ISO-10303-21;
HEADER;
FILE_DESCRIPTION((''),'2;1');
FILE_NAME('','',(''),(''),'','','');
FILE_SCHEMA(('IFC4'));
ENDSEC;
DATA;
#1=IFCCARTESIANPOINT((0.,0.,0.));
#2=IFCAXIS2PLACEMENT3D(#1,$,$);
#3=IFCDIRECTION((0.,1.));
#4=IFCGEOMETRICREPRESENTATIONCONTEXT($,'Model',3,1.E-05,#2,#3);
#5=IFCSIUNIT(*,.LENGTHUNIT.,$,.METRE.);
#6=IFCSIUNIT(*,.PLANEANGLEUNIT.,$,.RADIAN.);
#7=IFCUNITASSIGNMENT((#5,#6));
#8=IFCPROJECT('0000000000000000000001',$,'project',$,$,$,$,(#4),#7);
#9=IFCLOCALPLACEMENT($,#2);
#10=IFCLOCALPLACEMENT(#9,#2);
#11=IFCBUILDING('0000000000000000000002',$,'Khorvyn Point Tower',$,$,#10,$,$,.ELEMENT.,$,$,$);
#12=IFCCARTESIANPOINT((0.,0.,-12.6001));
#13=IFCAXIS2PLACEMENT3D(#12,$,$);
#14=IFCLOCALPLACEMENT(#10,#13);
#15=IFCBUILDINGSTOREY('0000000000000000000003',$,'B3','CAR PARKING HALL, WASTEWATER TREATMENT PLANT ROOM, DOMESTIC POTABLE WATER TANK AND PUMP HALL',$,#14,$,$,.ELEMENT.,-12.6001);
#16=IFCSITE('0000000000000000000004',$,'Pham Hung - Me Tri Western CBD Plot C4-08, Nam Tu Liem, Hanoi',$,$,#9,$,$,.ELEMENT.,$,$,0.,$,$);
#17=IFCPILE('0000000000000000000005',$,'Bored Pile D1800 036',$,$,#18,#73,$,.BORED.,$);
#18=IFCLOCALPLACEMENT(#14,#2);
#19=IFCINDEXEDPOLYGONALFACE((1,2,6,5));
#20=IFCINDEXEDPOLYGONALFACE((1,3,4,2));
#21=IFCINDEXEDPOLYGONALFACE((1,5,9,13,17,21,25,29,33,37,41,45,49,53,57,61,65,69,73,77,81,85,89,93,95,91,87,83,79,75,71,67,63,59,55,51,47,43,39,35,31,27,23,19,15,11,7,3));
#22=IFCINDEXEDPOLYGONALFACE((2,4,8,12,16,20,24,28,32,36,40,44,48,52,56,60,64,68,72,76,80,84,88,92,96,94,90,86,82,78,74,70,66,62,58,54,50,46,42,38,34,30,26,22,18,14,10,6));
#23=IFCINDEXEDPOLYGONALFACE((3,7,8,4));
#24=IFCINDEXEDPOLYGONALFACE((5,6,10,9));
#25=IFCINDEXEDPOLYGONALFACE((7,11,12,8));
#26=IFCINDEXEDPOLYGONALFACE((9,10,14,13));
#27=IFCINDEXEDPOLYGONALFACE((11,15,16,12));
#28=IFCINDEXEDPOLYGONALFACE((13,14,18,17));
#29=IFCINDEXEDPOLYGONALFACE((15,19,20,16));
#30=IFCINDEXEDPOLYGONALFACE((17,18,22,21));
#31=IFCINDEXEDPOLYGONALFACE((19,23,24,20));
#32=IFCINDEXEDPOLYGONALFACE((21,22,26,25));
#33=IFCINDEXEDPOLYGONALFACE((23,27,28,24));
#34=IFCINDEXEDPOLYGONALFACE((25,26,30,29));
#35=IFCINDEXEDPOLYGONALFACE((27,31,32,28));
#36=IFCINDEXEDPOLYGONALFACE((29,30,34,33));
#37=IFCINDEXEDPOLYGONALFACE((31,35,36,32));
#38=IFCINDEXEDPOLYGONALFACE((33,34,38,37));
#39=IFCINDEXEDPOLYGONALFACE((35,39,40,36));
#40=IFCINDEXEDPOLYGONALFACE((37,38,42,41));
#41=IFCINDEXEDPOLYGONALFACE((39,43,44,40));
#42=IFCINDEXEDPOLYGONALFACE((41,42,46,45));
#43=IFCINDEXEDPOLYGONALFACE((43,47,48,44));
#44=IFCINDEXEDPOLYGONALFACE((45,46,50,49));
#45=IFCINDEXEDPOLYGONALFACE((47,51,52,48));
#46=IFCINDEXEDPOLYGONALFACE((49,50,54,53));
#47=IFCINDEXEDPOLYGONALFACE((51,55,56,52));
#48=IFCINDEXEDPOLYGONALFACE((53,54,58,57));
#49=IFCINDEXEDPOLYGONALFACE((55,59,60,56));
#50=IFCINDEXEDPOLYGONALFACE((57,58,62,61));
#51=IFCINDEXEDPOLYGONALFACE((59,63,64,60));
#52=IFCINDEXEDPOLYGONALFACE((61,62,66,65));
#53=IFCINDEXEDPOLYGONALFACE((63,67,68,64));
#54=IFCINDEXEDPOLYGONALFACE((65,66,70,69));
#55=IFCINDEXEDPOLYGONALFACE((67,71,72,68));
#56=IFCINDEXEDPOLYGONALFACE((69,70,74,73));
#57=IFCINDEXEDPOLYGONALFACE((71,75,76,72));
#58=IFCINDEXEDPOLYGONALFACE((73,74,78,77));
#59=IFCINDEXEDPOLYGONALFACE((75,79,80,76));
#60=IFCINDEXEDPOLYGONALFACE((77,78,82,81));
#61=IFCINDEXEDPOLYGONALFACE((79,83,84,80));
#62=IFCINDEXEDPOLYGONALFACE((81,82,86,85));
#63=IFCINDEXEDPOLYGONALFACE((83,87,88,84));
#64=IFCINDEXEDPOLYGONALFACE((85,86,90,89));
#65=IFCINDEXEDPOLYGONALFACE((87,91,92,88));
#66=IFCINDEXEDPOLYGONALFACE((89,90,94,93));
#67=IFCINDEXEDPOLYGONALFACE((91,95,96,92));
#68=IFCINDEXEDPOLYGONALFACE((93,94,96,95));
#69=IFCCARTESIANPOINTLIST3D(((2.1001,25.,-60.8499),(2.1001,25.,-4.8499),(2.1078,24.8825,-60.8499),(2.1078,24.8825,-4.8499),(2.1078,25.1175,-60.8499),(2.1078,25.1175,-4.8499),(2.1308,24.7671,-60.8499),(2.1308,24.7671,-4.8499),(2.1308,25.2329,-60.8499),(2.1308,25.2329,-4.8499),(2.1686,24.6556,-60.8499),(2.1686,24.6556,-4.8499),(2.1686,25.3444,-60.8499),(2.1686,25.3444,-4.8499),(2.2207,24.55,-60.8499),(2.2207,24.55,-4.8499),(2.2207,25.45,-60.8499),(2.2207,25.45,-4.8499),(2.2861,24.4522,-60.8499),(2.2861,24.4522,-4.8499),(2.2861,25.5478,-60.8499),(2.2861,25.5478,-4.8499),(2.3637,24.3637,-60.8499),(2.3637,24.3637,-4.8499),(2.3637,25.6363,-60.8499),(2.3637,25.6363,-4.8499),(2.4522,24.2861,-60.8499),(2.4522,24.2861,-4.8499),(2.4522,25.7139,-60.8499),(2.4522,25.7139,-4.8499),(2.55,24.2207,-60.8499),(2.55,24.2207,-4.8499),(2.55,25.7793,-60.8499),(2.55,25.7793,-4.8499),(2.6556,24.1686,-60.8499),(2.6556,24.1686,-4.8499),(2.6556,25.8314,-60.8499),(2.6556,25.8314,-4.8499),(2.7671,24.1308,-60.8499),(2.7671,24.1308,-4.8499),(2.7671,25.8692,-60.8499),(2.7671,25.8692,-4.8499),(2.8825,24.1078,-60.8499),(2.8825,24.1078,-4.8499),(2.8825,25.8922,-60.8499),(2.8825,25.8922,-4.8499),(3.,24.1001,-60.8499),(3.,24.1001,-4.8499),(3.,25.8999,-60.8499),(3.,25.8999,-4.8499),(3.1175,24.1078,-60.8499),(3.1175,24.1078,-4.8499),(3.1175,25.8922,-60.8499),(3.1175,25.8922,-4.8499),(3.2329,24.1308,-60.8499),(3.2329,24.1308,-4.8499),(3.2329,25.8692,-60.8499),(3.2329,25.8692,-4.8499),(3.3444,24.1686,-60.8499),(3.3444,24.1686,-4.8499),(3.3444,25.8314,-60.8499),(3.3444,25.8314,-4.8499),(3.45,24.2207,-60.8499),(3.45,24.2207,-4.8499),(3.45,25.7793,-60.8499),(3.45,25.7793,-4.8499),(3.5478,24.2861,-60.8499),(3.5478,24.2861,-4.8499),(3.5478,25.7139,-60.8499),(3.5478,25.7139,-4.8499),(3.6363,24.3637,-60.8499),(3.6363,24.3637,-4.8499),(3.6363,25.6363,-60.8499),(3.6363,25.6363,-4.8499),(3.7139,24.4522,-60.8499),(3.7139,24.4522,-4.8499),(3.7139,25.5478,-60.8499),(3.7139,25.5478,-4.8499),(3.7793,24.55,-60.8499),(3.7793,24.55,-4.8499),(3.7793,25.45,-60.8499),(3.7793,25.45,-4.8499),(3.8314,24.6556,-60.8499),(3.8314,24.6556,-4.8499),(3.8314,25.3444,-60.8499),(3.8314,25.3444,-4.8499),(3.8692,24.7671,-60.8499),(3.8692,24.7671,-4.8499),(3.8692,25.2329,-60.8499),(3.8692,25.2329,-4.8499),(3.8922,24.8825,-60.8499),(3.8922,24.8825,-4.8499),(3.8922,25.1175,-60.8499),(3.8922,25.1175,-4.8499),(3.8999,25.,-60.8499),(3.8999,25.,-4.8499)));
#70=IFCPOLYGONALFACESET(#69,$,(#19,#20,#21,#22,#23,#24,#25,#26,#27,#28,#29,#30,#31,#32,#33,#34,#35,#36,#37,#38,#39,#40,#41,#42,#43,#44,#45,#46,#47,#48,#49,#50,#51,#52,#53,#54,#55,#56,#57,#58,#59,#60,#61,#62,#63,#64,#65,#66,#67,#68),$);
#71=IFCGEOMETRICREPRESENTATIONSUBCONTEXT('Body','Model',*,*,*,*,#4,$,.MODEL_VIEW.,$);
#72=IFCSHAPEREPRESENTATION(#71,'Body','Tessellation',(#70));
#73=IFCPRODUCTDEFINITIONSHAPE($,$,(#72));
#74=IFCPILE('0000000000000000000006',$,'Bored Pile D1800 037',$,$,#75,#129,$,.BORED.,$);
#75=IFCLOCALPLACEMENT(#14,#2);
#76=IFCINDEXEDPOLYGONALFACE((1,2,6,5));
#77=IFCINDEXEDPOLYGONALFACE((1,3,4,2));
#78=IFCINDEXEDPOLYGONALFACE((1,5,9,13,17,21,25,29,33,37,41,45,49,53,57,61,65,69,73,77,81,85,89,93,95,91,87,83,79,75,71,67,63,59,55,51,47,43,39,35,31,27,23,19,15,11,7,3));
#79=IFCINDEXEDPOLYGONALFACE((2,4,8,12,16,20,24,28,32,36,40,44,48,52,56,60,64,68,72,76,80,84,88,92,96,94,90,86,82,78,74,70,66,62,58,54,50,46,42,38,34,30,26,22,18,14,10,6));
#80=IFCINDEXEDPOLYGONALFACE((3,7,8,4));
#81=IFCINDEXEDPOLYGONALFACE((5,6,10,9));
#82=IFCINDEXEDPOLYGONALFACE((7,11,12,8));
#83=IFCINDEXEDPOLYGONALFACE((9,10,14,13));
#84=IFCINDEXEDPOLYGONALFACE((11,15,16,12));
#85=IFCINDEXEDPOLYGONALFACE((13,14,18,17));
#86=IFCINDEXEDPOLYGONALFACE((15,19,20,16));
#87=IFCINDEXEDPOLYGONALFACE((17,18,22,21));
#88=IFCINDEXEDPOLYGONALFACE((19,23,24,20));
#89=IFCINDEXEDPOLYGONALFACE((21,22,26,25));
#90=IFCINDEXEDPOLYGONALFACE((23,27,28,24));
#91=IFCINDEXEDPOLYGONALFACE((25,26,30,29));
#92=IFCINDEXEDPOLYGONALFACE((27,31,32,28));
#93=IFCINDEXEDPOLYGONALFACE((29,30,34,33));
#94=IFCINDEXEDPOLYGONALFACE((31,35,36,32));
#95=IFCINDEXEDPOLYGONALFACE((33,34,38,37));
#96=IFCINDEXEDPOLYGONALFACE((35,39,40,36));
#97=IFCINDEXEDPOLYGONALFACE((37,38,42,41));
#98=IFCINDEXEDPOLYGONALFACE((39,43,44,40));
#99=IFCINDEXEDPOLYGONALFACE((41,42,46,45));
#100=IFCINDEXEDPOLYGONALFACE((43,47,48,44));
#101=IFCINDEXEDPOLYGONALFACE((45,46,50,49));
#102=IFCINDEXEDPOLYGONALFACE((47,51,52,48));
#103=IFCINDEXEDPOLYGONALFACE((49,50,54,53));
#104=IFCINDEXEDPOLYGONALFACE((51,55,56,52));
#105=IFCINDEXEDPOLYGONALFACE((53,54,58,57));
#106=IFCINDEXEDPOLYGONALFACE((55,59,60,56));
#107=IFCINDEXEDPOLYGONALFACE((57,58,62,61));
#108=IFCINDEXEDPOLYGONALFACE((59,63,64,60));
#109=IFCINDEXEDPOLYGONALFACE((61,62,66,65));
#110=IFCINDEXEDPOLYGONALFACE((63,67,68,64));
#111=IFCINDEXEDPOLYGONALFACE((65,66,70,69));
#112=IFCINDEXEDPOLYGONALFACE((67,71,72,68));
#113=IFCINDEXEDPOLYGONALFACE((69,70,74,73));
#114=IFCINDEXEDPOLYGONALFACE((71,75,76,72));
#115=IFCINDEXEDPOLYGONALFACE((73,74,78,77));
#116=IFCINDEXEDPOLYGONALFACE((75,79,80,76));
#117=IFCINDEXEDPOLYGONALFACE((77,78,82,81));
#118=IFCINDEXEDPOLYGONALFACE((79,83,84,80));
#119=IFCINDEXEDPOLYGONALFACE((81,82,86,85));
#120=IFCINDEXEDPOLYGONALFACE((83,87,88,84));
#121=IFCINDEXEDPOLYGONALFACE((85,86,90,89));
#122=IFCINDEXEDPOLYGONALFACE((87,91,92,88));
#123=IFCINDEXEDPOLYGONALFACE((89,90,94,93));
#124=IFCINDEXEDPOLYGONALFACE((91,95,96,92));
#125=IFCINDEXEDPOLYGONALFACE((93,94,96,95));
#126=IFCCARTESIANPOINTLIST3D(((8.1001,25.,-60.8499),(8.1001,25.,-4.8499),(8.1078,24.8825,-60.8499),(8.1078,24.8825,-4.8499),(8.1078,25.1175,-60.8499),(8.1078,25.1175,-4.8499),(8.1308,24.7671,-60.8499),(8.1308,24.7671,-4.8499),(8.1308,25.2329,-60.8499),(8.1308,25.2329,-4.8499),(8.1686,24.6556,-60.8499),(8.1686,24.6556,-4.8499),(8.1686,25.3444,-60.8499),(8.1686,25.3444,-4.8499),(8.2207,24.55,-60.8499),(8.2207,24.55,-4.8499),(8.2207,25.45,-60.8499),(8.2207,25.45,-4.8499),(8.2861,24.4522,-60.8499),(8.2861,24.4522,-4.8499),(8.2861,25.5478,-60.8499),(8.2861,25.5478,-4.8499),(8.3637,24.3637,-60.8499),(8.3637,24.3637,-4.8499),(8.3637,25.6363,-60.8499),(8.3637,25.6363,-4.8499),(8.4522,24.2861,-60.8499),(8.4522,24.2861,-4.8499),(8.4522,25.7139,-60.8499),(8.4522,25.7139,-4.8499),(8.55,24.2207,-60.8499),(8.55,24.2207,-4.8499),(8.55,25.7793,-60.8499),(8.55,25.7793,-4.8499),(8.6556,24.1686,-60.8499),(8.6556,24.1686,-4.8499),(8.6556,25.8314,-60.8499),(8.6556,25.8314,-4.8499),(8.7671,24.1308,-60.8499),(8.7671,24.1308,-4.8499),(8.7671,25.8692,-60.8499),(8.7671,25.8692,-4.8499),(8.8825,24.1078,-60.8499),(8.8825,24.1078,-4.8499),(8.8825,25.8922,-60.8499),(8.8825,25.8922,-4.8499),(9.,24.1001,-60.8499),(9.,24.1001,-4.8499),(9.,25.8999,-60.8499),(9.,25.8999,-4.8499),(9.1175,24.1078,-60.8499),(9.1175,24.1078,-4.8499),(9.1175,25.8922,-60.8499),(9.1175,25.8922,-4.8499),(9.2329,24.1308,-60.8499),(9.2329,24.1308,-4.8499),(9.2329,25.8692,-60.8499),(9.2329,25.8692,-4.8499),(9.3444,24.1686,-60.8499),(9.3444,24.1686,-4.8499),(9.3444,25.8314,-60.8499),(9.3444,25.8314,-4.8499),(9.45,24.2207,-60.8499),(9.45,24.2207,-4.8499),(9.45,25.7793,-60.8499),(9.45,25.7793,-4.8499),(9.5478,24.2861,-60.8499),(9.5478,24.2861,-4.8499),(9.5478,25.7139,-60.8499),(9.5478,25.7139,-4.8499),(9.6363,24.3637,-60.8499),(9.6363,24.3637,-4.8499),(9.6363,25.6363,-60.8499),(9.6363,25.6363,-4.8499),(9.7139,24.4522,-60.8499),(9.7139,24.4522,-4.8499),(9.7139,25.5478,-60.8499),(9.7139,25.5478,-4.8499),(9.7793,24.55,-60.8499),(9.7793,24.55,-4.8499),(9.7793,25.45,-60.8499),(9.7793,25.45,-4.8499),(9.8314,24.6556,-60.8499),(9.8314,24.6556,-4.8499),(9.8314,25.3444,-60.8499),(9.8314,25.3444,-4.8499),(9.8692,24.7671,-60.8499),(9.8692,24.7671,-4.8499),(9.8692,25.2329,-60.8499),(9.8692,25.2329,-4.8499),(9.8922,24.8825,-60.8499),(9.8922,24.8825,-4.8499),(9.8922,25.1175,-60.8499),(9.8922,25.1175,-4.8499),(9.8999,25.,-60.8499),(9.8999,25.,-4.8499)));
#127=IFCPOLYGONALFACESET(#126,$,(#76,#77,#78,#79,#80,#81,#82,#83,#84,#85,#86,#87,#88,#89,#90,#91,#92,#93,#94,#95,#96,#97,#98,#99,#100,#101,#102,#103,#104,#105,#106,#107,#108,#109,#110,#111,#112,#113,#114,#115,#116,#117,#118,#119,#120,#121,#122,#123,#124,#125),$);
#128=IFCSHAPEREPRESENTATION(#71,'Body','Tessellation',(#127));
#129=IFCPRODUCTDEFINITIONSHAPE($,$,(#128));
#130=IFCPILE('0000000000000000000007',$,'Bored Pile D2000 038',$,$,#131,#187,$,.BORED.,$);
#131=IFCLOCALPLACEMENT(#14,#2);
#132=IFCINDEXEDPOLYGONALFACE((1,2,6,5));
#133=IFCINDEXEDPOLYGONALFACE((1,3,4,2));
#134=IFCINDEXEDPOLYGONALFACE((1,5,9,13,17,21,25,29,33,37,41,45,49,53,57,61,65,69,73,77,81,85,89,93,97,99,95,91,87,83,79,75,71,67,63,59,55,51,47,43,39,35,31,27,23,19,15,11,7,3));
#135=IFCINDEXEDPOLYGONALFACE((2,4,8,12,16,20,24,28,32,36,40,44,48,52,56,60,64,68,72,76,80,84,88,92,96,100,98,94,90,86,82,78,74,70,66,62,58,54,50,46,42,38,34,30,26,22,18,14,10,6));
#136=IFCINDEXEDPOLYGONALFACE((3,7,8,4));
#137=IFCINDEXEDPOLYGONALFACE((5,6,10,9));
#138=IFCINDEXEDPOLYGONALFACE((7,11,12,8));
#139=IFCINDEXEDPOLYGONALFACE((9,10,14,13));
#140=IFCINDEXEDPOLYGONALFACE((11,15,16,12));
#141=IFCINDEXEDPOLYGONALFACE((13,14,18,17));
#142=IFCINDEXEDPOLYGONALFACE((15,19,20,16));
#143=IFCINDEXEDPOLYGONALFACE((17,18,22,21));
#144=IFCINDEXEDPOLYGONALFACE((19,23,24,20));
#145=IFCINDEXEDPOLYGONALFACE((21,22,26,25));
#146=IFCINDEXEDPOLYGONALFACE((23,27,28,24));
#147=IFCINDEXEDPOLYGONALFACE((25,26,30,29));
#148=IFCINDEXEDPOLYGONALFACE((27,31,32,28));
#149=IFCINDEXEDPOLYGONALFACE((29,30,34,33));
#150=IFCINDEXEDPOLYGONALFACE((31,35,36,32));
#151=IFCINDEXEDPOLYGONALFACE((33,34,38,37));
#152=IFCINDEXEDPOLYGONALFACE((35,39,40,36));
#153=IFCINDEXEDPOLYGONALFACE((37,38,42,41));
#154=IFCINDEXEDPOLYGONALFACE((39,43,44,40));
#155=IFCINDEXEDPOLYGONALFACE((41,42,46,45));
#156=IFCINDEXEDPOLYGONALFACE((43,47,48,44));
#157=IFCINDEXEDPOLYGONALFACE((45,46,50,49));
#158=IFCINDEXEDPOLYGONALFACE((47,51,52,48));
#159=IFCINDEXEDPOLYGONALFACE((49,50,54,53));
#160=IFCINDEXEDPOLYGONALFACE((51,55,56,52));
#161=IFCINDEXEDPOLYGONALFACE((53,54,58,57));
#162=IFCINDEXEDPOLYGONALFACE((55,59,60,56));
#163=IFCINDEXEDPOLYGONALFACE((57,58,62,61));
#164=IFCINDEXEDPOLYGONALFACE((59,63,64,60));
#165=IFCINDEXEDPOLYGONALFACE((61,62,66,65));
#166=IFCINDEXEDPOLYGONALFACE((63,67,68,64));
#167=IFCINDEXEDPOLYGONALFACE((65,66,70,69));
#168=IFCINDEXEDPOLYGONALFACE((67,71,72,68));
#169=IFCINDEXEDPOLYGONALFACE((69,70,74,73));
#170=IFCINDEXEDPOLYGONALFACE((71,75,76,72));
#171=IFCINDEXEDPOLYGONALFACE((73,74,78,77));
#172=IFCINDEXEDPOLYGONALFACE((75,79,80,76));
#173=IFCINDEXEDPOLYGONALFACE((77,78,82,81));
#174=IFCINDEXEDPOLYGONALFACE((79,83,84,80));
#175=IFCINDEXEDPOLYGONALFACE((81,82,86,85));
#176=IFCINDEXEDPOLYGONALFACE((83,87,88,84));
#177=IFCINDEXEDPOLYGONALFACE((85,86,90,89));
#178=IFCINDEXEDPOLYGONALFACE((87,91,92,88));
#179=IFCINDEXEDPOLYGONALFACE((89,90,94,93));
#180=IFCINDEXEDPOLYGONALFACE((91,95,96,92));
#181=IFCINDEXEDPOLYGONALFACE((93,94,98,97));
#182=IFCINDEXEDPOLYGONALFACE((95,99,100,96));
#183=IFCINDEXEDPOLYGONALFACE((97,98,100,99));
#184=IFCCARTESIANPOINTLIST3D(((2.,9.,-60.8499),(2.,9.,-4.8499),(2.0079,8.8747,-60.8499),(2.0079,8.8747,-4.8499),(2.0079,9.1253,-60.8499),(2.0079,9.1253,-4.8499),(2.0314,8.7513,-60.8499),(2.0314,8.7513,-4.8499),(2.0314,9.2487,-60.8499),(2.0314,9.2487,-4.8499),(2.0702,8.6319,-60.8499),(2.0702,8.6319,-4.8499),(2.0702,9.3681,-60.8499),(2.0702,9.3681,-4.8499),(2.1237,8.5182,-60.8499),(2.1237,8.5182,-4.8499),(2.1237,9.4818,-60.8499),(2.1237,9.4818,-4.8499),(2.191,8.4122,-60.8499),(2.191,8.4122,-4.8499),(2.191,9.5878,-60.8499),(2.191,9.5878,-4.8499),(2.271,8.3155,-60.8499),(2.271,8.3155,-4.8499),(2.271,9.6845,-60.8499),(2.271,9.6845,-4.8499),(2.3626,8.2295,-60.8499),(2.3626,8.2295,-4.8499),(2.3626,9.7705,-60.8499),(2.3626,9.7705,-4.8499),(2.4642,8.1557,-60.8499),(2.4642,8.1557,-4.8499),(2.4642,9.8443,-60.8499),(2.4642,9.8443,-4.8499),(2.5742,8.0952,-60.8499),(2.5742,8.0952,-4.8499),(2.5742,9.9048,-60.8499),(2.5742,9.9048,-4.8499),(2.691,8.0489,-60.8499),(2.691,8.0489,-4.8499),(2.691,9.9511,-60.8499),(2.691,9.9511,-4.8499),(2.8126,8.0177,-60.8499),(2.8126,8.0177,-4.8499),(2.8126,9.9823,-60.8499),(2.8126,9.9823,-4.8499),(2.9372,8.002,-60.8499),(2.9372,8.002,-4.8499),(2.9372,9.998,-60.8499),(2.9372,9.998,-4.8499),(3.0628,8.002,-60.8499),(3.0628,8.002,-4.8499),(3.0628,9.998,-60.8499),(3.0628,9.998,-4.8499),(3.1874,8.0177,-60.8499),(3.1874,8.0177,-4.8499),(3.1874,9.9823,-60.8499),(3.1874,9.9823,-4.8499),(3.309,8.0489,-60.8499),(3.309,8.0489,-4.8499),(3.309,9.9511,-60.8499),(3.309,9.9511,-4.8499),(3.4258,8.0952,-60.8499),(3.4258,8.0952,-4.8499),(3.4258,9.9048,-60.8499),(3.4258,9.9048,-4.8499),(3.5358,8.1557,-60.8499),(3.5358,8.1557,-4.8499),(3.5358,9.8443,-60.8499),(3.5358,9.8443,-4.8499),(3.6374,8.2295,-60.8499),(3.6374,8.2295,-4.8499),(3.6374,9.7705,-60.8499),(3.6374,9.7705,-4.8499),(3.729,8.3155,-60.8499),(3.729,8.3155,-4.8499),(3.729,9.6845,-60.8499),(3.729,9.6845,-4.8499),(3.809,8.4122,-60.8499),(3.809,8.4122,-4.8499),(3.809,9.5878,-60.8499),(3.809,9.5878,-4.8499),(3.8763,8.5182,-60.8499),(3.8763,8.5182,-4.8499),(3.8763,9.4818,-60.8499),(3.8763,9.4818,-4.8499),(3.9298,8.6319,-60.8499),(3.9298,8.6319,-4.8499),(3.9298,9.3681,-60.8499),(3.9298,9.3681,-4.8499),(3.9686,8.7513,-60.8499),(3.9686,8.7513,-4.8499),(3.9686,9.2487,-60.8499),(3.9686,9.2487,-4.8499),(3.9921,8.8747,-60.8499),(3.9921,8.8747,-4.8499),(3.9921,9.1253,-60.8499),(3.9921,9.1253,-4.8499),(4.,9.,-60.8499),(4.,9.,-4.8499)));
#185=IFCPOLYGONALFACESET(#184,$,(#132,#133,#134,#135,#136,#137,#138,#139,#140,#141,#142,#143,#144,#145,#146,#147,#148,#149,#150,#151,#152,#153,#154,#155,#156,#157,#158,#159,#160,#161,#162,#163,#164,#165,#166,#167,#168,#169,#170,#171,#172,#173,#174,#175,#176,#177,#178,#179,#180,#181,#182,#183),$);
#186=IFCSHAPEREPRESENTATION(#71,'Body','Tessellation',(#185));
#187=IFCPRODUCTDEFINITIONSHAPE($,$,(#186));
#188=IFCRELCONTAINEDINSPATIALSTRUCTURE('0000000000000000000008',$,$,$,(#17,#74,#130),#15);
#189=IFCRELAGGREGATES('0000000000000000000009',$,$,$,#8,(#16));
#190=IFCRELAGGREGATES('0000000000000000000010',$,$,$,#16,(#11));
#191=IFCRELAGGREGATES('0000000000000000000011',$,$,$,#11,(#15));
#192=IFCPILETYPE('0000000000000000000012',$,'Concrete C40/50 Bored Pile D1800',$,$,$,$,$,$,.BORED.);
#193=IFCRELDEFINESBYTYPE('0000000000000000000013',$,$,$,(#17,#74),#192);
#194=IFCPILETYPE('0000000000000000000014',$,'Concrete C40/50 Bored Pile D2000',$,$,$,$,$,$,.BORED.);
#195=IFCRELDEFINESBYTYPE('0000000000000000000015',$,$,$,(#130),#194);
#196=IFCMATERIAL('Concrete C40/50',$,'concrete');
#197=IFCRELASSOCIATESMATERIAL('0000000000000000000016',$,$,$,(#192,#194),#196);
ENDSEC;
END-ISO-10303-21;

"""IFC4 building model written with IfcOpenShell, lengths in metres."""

from ifc_helpers import new_model, si_unit, direction, frame, origin, origin_2d, place, context, subcontext, project, spatial, circle, extrude, material, material_profile, profile_set, type_object, element, save


model = new_model("IFC4")

# Units and contexts
model_context = context("Model", 3, precision=1e-05, world=origin(), true_north=direction((0.0, 1.0)))
body_context = subcontext(model_context, "Body", "Model", "MODEL_VIEW")
ifc_project = project(units=[si_unit("LENGTHUNIT", "METRE"), si_unit("PLANEANGLEUNIT", "RADIAN")], contexts=[model_context])

# Site, building, storey
site_placement = place(None, origin())
site = spatial("IfcSite", under=ifc_project, at=site_placement, Name="Pham Hung - Me Tri Western CBD Plot C4-08, Nam Tu Liem, Hanoi", CompositionType="ELEMENT", RefElevation=0.0)
building_placement = place(site_placement, origin())
building = spatial("IfcBuilding", under=site, at=building_placement, Name="Khorvyn Point Tower", CompositionType="ELEMENT")
storey_placement = place(building_placement, frame((0.0, 0.0, -12.6001)))
storey = spatial("IfcBuildingStorey", under=building, at=storey_placement, Name="B3", Description="CAR PARKING HALL, WASTEWATER TREATMENT PLANT ROOM, DOMESTIC POTABLE WATER TANK AND PUMP HALL", CompositionType="ELEMENT", Elevation=-12.6001)

# Piles
ifc_material_1 = material(Name="Concrete C40/50", Category="concrete")
ifc_material_profile_1 = material_profile(ifc_material_1, circle(Radius=0.8999, at=origin_2d()))
ifc_profile_set_1 = profile_set([ifc_material_profile_1], Name="Concrete C40/50 PILE-D1800")
pile_type_1 = type_object("IfcPileType", Name="Concrete C40/50 Bored Pile D1800", PredefinedType="BORED", material=ifc_profile_set_1)
for number, where, z_axis, x_axis, name in (
    (1, (3.0, 25.0, -4.8499), (0.0, 0.0, -1.0), (1.0, 0.0, 0.0), "Bored Pile D1800 036"),
    (2, (9.0, 25.0, -4.8499), (0.0, 0.0, -1.0), (1.0, 0.0, 0.0), "Bored Pile D1800 037"),
):
    element("IfcPile", number, at=place(storey_placement, frame(where, z_axis=z_axis, x_axis=x_axis)), inside=storey, type_object=pile_type_1, Name=name, PredefinedType="BORED", context=body_context, shape_type="SweptSolid", body=[
        extrude(circle(Radius=0.8999, at=origin_2d()), origin(), (0.0, 0.0, 1.0), 56.0),
    ])
ifc_material_profile_2 = material_profile(ifc_material_1, circle(Radius=1.0, at=origin_2d()))
ifc_profile_set_2 = profile_set([ifc_material_profile_2], Name="Concrete C40/50 PILE-D2000")
pile_type_2 = type_object("IfcPileType", Name="Concrete C40/50 Bored Pile D2000", PredefinedType="BORED", material=ifc_profile_set_2)
for number, where, z_axis, x_axis, name in (
    (3, (3.0, 9.0, -4.8499), (0.0, 0.0, -1.0), (1.0, 0.0, 0.0), "Bored Pile D2000 038"),
):
    element("IfcPile", number, at=place(storey_placement, frame(where, z_axis=z_axis, x_axis=x_axis)), inside=storey, type_object=pile_type_2, Name=name, PredefinedType="BORED", context=body_context, shape_type="SweptSolid", body=[
        extrude(circle(Radius=1.0, at=origin_2d()), origin(), (0.0, 0.0, 1.0), 56.0),
    ])

save(model, "model.ifc")
